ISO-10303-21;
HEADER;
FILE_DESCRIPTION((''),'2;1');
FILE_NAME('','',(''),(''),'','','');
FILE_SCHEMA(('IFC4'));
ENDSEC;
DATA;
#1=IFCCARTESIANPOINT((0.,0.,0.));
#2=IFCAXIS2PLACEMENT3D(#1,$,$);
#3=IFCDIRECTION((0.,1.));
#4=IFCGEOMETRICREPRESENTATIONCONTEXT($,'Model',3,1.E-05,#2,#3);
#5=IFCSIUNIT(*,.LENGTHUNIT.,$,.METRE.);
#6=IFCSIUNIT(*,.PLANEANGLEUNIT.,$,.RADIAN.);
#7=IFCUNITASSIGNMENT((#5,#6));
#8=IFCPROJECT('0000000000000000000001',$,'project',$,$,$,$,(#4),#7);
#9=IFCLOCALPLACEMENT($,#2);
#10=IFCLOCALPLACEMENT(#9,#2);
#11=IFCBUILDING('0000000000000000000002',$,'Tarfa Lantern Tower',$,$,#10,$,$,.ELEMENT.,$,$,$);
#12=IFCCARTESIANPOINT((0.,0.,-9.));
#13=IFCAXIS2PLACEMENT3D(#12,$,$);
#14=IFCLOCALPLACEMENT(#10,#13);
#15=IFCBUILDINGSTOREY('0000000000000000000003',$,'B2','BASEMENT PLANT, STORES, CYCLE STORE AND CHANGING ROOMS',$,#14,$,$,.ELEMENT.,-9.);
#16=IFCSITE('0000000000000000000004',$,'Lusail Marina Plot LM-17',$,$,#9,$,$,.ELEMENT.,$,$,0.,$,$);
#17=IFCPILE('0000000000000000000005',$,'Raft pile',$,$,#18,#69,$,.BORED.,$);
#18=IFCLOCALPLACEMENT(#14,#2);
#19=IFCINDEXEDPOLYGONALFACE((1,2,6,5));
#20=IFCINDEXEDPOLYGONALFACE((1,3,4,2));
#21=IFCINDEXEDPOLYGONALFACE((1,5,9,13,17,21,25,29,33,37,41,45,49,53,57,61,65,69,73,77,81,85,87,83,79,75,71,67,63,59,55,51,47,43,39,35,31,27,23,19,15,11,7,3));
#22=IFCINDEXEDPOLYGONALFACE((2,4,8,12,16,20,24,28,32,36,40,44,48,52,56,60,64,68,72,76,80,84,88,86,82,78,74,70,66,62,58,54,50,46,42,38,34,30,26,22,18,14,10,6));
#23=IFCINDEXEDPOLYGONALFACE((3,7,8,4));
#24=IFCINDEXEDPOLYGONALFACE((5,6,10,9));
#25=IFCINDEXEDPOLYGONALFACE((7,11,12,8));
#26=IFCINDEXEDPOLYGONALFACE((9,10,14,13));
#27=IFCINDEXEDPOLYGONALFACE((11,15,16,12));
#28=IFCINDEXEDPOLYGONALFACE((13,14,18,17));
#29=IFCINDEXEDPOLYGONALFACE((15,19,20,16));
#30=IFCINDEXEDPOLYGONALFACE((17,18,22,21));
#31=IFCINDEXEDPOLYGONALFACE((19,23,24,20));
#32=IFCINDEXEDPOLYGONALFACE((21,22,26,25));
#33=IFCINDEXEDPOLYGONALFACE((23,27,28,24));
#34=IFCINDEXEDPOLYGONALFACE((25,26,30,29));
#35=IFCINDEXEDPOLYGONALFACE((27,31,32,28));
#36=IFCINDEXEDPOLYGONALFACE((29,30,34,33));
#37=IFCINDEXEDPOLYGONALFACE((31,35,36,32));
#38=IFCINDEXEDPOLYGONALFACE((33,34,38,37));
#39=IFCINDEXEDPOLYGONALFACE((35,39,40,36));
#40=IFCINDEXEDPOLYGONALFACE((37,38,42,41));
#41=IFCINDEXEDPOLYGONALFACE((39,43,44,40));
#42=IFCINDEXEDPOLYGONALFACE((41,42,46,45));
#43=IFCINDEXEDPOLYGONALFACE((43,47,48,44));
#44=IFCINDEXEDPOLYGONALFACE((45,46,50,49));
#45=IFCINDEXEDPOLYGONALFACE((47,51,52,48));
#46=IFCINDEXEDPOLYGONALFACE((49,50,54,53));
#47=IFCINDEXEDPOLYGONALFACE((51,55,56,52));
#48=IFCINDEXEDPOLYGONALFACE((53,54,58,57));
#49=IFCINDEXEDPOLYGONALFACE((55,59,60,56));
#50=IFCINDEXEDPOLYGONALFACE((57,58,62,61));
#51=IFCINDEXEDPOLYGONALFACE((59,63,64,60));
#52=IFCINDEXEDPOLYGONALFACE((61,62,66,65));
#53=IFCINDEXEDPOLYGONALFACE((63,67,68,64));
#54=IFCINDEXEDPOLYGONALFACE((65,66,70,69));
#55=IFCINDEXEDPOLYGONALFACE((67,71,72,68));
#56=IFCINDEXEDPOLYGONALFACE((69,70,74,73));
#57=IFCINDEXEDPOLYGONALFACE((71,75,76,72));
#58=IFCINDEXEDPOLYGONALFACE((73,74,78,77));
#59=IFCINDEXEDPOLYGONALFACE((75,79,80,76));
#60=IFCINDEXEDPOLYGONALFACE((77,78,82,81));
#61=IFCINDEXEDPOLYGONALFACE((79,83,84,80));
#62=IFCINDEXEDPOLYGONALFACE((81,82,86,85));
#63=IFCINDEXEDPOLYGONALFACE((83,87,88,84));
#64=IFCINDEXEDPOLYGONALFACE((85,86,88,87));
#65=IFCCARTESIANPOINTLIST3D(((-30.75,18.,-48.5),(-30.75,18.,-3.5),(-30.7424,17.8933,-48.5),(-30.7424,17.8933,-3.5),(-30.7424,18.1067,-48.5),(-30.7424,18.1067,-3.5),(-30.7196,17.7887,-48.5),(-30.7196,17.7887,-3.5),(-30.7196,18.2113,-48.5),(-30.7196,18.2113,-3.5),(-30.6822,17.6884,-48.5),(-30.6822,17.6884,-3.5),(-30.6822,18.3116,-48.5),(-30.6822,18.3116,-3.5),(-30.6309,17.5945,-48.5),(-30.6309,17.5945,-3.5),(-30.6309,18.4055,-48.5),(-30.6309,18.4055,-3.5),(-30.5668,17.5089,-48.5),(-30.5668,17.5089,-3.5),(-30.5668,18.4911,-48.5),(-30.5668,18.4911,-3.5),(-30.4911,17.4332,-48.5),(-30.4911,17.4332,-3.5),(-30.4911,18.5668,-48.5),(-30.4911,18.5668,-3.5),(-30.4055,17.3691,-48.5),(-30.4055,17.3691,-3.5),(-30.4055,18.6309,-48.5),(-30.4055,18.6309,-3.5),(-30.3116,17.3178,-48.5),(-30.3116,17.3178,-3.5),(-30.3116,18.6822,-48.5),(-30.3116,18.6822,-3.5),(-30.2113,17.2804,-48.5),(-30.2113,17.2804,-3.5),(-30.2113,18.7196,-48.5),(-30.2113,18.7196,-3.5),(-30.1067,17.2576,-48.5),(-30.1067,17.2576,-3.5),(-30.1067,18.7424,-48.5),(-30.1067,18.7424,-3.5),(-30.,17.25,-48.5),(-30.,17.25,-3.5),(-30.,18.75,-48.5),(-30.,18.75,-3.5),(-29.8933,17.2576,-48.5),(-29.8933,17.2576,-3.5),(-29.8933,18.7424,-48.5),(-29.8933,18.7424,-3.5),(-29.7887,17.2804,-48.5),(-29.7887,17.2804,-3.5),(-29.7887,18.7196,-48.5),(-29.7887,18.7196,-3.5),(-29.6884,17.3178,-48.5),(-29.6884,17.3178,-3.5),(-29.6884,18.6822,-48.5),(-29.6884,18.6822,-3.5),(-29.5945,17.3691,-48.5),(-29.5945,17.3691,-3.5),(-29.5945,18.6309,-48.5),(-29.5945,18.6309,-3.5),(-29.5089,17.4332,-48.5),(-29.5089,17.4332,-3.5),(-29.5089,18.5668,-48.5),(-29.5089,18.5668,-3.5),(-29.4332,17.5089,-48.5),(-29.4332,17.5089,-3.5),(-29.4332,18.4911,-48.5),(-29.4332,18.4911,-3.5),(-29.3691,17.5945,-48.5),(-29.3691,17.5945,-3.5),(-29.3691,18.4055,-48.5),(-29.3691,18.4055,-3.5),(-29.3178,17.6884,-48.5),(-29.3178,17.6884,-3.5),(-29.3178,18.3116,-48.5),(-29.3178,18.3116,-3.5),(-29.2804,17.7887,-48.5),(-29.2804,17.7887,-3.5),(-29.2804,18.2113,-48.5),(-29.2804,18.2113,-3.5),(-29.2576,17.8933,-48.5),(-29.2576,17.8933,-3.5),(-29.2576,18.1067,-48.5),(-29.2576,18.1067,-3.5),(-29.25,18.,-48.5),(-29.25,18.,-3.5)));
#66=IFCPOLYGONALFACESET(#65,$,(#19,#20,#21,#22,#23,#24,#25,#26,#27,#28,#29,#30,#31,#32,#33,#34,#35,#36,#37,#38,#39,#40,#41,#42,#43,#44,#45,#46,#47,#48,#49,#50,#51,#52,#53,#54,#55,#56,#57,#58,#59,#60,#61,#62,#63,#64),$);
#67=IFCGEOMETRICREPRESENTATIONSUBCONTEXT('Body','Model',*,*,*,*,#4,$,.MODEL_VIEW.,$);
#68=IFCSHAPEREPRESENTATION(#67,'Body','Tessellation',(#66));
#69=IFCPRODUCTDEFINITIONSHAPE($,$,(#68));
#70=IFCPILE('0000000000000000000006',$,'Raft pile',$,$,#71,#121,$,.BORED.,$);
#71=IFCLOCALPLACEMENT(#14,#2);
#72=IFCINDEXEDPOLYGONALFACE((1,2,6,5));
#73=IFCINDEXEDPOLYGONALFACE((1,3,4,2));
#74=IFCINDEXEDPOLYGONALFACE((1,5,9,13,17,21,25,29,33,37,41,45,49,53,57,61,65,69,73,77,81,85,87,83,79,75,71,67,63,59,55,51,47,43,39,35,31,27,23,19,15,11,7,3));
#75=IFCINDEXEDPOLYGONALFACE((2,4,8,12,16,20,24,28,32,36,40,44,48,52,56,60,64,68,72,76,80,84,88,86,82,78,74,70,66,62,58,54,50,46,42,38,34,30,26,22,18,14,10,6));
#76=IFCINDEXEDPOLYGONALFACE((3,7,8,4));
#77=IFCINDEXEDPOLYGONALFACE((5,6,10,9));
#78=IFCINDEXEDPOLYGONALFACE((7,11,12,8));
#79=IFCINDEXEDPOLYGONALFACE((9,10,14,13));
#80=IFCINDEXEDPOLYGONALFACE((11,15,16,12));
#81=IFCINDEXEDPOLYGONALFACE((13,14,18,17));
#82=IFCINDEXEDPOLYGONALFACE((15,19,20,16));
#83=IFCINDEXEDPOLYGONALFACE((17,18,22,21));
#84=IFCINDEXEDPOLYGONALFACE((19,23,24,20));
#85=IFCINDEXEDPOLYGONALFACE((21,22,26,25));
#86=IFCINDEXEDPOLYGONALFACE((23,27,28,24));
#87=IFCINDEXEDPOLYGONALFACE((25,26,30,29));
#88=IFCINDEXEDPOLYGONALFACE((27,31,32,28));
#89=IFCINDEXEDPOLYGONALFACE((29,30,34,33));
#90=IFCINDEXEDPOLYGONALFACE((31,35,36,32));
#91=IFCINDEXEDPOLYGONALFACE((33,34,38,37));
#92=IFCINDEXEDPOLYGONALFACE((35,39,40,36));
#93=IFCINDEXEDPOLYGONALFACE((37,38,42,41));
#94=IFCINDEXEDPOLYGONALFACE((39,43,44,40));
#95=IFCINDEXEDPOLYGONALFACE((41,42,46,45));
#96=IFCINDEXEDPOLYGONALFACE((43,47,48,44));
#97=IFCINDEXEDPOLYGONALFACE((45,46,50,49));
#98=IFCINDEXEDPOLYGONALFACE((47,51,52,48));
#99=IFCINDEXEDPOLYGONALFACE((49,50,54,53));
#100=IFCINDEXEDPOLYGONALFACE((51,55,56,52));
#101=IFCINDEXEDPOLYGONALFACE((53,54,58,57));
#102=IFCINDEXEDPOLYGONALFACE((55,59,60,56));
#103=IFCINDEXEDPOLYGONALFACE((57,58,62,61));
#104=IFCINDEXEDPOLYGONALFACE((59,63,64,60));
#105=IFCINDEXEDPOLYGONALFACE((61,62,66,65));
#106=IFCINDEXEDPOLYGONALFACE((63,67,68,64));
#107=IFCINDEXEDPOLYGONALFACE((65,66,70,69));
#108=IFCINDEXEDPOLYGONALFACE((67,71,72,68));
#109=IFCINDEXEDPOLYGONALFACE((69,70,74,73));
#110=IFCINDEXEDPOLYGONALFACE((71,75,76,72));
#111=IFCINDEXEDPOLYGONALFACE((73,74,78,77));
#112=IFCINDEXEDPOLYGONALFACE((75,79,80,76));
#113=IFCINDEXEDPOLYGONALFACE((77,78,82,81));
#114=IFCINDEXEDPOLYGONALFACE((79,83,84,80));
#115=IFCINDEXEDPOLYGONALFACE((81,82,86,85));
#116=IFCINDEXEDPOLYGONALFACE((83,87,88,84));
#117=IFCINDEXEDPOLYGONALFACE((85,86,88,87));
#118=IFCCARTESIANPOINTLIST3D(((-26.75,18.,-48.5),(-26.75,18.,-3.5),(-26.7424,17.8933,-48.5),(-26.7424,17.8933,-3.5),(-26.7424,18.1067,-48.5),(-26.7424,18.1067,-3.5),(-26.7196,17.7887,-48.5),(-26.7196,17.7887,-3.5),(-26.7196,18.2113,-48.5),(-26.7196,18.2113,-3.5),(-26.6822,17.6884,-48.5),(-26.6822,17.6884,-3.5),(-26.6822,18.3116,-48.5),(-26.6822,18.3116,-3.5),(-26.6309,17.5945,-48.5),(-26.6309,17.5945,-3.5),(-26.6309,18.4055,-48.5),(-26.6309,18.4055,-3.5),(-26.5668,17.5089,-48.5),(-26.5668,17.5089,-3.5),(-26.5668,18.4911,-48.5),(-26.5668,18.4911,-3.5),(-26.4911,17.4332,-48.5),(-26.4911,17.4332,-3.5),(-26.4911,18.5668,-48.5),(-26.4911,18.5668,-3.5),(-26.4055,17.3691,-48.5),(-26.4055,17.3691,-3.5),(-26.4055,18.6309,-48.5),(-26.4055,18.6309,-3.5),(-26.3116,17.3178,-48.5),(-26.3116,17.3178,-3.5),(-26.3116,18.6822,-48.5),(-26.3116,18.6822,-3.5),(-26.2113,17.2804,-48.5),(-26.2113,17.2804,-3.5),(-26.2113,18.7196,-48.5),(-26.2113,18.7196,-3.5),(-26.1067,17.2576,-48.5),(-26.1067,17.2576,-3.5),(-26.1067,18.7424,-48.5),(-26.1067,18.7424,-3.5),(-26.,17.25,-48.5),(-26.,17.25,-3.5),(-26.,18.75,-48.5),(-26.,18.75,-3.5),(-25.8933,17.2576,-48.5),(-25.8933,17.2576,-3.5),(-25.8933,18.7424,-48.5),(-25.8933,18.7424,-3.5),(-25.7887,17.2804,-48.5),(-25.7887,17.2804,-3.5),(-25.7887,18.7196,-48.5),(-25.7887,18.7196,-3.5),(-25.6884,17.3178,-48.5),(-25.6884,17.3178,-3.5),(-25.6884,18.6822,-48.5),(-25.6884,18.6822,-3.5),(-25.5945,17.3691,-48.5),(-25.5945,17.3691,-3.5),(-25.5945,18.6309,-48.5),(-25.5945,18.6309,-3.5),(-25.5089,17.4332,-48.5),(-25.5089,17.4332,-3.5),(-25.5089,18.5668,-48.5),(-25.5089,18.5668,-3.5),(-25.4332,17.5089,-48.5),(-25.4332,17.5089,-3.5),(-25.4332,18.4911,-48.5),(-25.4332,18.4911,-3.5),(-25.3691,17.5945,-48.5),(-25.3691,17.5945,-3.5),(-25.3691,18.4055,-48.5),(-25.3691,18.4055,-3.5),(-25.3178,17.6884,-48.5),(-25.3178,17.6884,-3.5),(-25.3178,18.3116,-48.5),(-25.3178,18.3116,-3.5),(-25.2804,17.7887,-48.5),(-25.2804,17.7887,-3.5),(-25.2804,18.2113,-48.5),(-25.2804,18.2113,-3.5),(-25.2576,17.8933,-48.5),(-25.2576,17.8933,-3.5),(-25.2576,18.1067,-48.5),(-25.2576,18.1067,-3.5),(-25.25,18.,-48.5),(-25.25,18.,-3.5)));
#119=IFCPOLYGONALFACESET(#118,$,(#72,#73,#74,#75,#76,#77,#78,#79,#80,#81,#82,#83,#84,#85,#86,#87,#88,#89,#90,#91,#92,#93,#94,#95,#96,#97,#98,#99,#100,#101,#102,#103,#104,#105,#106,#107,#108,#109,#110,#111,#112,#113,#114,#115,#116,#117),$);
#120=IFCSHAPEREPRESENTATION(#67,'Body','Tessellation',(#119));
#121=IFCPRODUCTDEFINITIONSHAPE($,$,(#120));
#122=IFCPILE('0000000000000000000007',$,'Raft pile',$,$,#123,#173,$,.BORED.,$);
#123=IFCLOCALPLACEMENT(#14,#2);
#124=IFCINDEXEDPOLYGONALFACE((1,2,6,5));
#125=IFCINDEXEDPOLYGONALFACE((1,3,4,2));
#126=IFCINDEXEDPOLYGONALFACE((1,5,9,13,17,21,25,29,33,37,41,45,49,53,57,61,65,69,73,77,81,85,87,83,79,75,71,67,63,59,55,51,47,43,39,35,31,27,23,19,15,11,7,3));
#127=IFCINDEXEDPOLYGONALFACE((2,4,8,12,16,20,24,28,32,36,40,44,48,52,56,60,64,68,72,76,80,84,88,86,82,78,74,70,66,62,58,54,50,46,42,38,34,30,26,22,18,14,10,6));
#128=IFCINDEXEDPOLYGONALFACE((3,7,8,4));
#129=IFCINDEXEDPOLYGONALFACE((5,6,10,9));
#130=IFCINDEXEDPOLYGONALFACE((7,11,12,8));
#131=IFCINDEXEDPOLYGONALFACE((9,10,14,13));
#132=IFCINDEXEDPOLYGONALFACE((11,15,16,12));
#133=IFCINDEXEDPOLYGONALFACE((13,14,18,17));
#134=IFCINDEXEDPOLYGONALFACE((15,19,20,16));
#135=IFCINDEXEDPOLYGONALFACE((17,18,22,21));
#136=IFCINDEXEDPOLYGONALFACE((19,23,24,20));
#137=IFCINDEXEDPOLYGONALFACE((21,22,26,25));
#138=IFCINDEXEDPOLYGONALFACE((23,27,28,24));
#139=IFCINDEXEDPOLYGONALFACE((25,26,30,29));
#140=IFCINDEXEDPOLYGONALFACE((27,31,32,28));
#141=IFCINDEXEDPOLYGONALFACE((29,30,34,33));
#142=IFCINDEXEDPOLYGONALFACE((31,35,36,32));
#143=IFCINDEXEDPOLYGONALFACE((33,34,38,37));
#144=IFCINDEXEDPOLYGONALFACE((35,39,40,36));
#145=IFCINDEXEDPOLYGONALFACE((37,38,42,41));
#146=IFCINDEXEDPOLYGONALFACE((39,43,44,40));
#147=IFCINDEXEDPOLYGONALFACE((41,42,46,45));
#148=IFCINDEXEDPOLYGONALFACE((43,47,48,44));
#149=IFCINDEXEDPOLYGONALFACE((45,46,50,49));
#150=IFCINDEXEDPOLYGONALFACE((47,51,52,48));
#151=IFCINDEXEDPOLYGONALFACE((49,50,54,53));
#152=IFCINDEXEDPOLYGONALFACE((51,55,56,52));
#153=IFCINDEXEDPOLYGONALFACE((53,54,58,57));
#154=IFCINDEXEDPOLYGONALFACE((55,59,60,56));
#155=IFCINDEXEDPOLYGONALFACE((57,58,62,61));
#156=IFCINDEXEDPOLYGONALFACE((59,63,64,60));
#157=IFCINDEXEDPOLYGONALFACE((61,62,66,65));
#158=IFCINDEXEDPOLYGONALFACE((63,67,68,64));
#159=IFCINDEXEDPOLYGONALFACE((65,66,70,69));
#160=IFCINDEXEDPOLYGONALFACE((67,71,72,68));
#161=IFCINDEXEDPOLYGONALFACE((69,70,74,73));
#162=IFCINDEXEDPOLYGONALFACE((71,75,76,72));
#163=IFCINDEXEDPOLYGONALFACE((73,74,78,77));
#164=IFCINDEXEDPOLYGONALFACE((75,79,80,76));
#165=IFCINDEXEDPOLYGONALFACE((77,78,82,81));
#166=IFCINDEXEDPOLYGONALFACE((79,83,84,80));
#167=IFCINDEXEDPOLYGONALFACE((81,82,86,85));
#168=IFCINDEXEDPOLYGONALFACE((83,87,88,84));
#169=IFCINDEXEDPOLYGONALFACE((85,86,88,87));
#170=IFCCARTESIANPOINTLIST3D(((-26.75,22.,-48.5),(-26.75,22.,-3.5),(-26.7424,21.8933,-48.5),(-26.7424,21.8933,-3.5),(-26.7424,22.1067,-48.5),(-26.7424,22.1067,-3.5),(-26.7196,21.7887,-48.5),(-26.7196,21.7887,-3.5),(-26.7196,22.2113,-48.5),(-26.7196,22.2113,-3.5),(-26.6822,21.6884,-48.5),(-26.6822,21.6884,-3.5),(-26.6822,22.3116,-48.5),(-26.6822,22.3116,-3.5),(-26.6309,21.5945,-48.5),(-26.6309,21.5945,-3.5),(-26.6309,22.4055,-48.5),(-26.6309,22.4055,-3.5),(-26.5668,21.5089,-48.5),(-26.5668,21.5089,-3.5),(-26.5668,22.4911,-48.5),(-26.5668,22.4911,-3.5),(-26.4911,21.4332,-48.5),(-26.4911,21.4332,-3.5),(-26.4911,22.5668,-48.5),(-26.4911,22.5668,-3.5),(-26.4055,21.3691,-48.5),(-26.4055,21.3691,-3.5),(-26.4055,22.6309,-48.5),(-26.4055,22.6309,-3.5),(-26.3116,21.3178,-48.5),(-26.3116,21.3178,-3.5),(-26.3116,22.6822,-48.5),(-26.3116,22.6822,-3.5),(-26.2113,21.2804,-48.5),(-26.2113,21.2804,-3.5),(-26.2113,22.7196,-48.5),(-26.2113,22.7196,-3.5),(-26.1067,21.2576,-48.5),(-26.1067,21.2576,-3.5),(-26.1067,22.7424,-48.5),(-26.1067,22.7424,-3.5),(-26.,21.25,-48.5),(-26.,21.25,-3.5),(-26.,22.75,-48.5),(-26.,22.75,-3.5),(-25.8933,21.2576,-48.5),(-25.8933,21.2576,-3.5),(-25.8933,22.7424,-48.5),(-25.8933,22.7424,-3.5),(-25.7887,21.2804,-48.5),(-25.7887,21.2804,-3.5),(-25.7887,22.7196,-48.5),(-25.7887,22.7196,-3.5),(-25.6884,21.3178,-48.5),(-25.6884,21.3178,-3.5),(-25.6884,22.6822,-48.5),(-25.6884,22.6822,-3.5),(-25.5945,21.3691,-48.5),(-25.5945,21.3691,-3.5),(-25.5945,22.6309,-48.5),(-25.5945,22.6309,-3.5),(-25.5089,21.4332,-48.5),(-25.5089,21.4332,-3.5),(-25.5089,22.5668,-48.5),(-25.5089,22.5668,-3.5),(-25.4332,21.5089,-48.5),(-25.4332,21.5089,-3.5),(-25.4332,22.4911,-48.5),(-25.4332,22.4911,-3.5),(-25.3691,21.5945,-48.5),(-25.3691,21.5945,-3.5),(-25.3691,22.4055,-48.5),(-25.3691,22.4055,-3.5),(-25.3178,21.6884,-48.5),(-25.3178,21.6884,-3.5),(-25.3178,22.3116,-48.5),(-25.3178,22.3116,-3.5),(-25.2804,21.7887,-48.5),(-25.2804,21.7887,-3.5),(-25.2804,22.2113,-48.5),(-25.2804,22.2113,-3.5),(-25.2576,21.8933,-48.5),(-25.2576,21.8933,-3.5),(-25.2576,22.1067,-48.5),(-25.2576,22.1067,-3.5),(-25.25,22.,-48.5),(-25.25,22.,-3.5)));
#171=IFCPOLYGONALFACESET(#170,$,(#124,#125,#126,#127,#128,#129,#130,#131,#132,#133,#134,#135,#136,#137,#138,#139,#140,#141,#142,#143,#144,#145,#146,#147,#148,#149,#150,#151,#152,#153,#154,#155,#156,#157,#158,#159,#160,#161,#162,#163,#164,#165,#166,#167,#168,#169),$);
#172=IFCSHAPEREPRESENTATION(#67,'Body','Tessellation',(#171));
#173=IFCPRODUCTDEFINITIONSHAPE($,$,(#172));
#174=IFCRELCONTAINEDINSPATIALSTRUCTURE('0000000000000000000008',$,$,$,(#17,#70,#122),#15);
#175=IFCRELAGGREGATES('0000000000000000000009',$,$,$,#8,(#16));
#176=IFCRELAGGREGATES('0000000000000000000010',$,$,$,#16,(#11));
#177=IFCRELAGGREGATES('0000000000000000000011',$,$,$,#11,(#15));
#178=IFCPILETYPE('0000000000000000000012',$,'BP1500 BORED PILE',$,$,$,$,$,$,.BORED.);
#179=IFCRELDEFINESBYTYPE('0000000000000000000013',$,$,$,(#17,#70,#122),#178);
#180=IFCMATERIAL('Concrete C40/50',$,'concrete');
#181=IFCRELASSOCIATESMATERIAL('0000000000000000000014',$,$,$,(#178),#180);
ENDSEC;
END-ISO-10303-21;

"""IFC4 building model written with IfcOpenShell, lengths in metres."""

from ifc_helpers import new_model, si_unit, direction, frame, origin, origin_2d, place, context, subcontext, project, spatial, circle, extrude, material, material_profile, profile_set, type_object, element, save


model = new_model("IFC4")

# Units and contexts
model_context = context("Model", 3, precision=1e-05, world=origin(), true_north=direction((0.0, 1.0)))
body_context = subcontext(model_context, "Body", "Model", "MODEL_VIEW")
ifc_project = project(units=[si_unit("LENGTHUNIT", "METRE"), si_unit("PLANEANGLEUNIT", "RADIAN")], contexts=[model_context])

# Site, building, storey
site_placement = place(None, origin())
site = spatial("IfcSite", under=ifc_project, at=site_placement, Name="Lusail Marina Plot LM-17", CompositionType="ELEMENT", RefElevation=0.0)
building_placement = place(site_placement, origin())
building = spatial("IfcBuilding", under=site, at=building_placement, Name="Tarfa Lantern Tower", CompositionType="ELEMENT")
storey_placement = place(building_placement, frame((0.0, 0.0, -9.0)))
storey = spatial("IfcBuildingStorey", under=building, at=storey_placement, Name="B2", Description="BASEMENT PLANT, STORES, CYCLE STORE AND CHANGING ROOMS", CompositionType="ELEMENT", Elevation=-9.0)

# Piles
ifc_material_1 = material(Name="Concrete C40/50", Category="concrete")
ifc_material_profile_1 = material_profile(ifc_material_1, circle(Radius=0.75, at=origin_2d()), Name="BORED PILE D1500")
ifc_profile_set_1 = profile_set([ifc_material_profile_1], Name="Concrete C40/50")
pile_type_1 = type_object("IfcPileType", Name="BP1500 BORED PILE", PredefinedType="BORED", material=ifc_profile_set_1)
for number, where, z_axis, x_axis, name in (
    (1, (-30.0, 18.0, -3.5), (0.0, 0.0, -1.0), (1.0, 0.0, 0.0), "Raft pile"),
    (2, (-26.0, 18.0, -3.5), (0.0, 0.0, -1.0), (1.0, 0.0, 0.0), "Raft pile"),
    (3, (-26.0, 22.0, -3.5), (0.0, 0.0, -1.0), (1.0, 0.0, 0.0), "Raft pile"),
):
    element("IfcPile", number, at=place(storey_placement, frame(where, z_axis=z_axis, x_axis=x_axis)), inside=storey, type_object=pile_type_1, Name=name, PredefinedType="BORED", context=body_context, shape_type="SweptSolid", body=[
        extrude(circle(Radius=0.75, at=origin_2d()), origin(), (0.0, 0.0, 1.0), 45.0),
    ])

save(model, "model.ifc")
